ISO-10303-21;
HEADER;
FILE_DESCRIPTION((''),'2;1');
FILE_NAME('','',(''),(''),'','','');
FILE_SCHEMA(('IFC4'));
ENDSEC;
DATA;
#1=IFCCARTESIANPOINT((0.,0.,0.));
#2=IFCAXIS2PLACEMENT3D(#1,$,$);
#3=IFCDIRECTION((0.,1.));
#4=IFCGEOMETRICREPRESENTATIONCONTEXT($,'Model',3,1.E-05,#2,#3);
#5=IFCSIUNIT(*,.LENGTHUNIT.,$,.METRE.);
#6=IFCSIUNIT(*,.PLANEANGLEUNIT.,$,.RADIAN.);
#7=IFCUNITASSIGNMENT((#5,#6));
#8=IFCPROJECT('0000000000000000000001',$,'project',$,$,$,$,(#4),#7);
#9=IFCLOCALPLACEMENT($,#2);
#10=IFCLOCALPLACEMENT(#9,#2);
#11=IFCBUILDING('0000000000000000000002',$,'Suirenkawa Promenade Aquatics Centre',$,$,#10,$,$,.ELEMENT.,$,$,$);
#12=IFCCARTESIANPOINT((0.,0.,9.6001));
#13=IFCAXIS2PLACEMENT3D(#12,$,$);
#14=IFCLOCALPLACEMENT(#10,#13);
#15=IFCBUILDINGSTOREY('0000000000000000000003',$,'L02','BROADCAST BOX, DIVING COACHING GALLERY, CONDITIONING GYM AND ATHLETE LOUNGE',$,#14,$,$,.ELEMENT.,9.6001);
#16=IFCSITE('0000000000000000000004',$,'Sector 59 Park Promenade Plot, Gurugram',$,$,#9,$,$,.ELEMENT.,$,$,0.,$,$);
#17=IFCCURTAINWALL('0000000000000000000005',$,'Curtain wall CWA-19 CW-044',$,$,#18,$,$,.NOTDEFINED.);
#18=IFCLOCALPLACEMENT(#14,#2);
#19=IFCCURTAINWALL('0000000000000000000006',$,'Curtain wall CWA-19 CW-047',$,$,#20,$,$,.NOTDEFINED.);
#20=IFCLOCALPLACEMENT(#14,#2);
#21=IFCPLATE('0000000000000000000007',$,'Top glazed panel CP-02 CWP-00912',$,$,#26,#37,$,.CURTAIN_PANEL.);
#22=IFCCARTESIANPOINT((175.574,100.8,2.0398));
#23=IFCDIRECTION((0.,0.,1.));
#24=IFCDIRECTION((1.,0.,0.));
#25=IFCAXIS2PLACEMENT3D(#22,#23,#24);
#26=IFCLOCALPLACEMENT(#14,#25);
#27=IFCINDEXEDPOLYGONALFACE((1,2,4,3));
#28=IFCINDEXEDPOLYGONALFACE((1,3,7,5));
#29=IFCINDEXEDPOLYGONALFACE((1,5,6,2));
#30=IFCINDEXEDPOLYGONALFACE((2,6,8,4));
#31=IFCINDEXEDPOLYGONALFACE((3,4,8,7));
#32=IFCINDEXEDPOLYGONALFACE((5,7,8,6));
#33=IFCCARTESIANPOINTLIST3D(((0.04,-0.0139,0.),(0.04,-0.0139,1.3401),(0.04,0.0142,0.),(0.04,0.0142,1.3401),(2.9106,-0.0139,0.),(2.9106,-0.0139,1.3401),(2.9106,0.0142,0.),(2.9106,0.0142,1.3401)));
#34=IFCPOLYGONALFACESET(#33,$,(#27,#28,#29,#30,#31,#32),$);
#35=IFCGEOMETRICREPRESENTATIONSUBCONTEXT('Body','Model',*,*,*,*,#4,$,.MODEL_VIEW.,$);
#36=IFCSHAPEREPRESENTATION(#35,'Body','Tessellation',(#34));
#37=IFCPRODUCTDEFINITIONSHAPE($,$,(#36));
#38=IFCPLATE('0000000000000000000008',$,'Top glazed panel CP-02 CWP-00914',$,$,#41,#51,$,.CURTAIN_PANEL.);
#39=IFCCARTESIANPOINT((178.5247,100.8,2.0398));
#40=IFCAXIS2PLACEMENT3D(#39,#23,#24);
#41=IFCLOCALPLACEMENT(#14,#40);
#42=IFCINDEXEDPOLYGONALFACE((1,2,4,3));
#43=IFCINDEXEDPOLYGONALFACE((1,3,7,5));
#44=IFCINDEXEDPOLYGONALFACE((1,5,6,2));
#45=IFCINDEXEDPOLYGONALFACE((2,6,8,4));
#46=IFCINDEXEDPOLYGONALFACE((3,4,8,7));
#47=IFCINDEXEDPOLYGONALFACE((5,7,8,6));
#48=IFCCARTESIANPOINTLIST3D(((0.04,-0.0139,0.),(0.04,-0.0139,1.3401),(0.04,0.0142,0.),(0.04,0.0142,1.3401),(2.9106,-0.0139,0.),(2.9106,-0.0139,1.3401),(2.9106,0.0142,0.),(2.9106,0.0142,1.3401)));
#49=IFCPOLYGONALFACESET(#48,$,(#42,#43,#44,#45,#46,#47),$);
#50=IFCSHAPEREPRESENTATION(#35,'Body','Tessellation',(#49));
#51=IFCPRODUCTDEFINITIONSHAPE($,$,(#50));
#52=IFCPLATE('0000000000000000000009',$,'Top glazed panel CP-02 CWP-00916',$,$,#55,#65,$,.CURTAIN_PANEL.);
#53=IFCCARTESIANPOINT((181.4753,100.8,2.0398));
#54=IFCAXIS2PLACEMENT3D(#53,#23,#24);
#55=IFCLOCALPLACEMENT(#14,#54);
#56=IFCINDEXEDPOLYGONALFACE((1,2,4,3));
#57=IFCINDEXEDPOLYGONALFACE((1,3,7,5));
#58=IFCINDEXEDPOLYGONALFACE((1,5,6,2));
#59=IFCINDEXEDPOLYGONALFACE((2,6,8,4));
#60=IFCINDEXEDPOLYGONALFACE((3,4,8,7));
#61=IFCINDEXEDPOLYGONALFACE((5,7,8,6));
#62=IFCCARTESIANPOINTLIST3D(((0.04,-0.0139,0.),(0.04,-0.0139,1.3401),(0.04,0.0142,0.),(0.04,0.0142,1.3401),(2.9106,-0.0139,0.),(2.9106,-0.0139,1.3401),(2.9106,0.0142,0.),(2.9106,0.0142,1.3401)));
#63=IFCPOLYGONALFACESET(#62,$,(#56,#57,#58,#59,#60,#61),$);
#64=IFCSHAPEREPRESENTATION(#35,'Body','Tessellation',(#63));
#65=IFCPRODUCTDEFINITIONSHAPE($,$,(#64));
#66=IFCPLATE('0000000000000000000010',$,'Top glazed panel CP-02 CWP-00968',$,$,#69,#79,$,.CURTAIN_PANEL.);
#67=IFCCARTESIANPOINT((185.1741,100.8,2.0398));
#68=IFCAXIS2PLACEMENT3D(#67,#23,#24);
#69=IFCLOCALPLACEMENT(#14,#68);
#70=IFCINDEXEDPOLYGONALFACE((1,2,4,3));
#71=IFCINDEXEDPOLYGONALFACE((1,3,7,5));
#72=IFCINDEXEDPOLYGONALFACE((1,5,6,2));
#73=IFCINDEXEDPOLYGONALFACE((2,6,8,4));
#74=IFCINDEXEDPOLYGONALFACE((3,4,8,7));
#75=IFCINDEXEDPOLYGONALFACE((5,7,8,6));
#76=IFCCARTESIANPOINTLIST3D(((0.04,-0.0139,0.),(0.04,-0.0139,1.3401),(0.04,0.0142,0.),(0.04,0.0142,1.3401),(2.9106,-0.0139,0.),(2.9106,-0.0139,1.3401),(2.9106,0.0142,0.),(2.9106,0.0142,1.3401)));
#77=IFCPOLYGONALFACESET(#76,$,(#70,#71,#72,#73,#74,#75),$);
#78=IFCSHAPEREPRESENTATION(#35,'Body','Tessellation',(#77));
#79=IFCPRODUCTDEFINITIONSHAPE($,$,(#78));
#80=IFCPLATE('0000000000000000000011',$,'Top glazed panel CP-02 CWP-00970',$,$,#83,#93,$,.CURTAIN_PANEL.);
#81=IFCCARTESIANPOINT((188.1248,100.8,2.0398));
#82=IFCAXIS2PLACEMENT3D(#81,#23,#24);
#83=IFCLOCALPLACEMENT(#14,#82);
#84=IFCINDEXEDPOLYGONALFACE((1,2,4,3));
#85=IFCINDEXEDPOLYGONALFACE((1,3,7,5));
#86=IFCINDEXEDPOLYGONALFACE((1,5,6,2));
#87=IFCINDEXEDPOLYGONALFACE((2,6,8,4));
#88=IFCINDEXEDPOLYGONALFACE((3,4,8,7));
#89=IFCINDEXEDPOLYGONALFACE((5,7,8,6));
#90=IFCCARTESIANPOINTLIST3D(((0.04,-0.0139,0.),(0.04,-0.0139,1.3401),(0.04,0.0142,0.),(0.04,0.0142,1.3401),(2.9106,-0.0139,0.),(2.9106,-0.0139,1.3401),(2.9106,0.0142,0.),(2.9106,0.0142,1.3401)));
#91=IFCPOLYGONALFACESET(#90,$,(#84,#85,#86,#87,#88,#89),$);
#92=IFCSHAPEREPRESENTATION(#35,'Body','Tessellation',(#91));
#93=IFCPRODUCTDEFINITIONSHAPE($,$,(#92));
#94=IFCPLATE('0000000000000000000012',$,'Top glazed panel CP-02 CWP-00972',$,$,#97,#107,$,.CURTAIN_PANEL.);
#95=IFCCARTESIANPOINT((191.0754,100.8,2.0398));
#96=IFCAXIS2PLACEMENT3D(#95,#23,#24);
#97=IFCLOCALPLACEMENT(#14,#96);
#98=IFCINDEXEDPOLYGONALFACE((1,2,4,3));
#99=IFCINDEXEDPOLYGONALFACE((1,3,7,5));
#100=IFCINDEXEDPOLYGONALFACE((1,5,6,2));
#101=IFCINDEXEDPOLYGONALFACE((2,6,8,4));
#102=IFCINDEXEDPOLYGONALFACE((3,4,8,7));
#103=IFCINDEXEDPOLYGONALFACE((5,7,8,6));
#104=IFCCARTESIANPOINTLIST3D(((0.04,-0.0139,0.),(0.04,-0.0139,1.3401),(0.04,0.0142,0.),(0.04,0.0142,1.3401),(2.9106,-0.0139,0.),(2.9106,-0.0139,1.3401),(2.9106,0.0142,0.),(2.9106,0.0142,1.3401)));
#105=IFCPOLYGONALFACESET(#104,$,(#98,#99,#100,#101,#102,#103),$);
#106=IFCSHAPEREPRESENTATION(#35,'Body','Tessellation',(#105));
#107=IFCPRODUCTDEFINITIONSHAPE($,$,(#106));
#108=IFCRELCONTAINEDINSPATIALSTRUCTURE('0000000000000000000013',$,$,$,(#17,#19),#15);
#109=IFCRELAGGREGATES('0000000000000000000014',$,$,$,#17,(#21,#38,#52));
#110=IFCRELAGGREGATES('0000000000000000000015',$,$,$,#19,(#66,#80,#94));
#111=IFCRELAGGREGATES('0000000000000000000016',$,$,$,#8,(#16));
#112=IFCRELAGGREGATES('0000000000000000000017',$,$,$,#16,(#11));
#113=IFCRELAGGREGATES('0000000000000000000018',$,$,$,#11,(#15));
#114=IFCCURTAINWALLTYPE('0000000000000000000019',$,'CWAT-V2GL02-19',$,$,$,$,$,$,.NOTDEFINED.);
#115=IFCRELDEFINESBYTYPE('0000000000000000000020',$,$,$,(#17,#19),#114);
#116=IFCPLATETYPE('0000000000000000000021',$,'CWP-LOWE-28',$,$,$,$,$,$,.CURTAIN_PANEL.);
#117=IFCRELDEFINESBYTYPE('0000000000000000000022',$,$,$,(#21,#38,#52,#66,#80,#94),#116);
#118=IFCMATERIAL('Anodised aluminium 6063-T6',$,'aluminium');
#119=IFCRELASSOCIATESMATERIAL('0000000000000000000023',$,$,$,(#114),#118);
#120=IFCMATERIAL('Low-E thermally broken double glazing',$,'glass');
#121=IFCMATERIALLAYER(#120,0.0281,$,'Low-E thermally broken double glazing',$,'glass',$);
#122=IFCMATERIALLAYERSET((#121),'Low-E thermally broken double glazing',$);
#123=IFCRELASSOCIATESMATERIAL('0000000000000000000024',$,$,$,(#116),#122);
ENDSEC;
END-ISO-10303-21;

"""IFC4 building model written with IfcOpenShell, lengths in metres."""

from ifc_helpers import new_model, si_unit, direction, frame, origin, place, context, subcontext, project, spatial, polyline, outline, extrude, material, layer, layer_set, type_object, element, aggregate, save


model = new_model("IFC4")

# Units and contexts
model_context = context("Model", 3, precision=1e-05, world=origin(), true_north=direction((0.0, 1.0)))
body_context = subcontext(model_context, "Body", "Model", "MODEL_VIEW")
ifc_project = project(units=[si_unit("LENGTHUNIT", "METRE"), si_unit("PLANEANGLEUNIT", "RADIAN")], contexts=[model_context])

# Site, building, storey
site_placement = place(None, origin())
site = spatial("IfcSite", under=ifc_project, at=site_placement, Name="Sector 59 Park Promenade Plot, Gurugram", CompositionType="ELEMENT", RefElevation=0.0)
building_placement = place(site_placement, origin())
building = spatial("IfcBuilding", under=site, at=building_placement, Name="Suirenkawa Promenade Aquatics Centre", CompositionType="ELEMENT")
storey_placement = place(building_placement, frame((0.0, 0.0, 9.6001)))
storey = spatial("IfcBuildingStorey", under=building, at=storey_placement, Name="L02", Description="BROADCAST BOX, DIVING COACHING GALLERY, CONDITIONING GYM AND ATHLETE LOUNGE", CompositionType="ELEMENT", Elevation=9.6001)

# Curtain walls
ifc_material_1 = material(Name="Anodised aluminium 6063-T6", Category="aluminium")
curtain_wall_type = type_object("IfcCurtainWallType", Name="CWAT-V2GL02-19", PredefinedType="NOTDEFINED", material=ifc_material_1)
curtain_wall_1_placement = place(storey_placement, origin())
curtain_wall_1 = element("IfcCurtainWall", 1, at=curtain_wall_1_placement, inside=storey, type_object=curtain_wall_type, Name="Curtain wall CWA-19 CW-044", PredefinedType="NOTDEFINED")
curtain_wall_2_placement = place(storey_placement, origin())
curtain_wall_2 = element("IfcCurtainWall", 2, at=curtain_wall_2_placement, inside=storey, type_object=curtain_wall_type, Name="Curtain wall CWA-19 CW-047", PredefinedType="NOTDEFINED")

# Plates
ifc_material_2 = material(Name="Low-E thermally broken double glazing", Category="glass")
ifc_layer = layer(ifc_material_2, 0.0281, Name="Low-E thermally broken double glazing", Category="glass")
ifc_layer_set = layer_set([ifc_layer], Name="Low-E thermally broken double glazing")
plate_type = type_object("IfcPlateType", Name="CWP-LOWE-28", PredefinedType="CURTAIN_PANEL", material=ifc_layer_set)
plate_1_placement = place(storey_placement, frame((175.574, 100.8, 2.0398), z_axis=(0.0, 0.0, 1.0), x_axis=(1.0, 0.0, 0.0)))
plate_1 = element("IfcPlate", 3, at=plate_1_placement, type_object=plate_type, Name="Top glazed panel CP-02 CWP-00912", PredefinedType="CURTAIN_PANEL", context=body_context, shape_type="SweptSolid", body=[
    extrude(outline(polyline([(0.04, 0.0), (2.9106, 0.0), (2.9106, 1.3401), (0.04, 1.3401), (0.04, 0.0)])), frame((0.0, 0.0142, 0.0), z_axis=(0.0, -1.0, 0.0), x_axis=(1.0, 0.0, 0.0)), (0.0, 0.0, 1.0), 0.0281),
])
plate_2_placement = place(storey_placement, frame((178.5247, 100.8, 2.0398), z_axis=(0.0, 0.0, 1.0), x_axis=(1.0, 0.0, 0.0)))
plate_2 = element("IfcPlate", 4, at=plate_2_placement, type_object=plate_type, Name="Top glazed panel CP-02 CWP-00914", PredefinedType="CURTAIN_PANEL", context=body_context, shape_type="SweptSolid", body=[
    extrude(outline(polyline([(0.04, 0.0), (2.9106, 0.0), (2.9106, 1.3401), (0.04, 1.3401), (0.04, 0.0)])), frame((0.0, 0.0142, 0.0), z_axis=(0.0, -1.0, 0.0), x_axis=(1.0, 0.0, 0.0)), (0.0, 0.0, 1.0), 0.0281),
])
plate_3_placement = place(storey_placement, frame((181.4753, 100.8, 2.0398), z_axis=(0.0, 0.0, 1.0), x_axis=(1.0, 0.0, 0.0)))
plate_3 = element("IfcPlate", 5, at=plate_3_placement, type_object=plate_type, Name="Top glazed panel CP-02 CWP-00916", PredefinedType="CURTAIN_PANEL", context=body_context, shape_type="SweptSolid", body=[
    extrude(outline(polyline([(0.04, 0.0), (2.9106, 0.0), (2.9106, 1.3401), (0.04, 1.3401), (0.04, 0.0)])), frame((0.0, 0.0142, 0.0), z_axis=(0.0, -1.0, 0.0), x_axis=(1.0, 0.0, 0.0)), (0.0, 0.0, 1.0), 0.0281),
])
aggregate(curtain_wall_1, [plate_1, plate_2, plate_3])
plate_4_placement = place(storey_placement, frame((185.1741, 100.8, 2.0398), z_axis=(0.0, 0.0, 1.0), x_axis=(1.0, 0.0, 0.0)))
plate_4 = element("IfcPlate", 6, at=plate_4_placement, type_object=plate_type, Name="Top glazed panel CP-02 CWP-00968", PredefinedType="CURTAIN_PANEL", context=body_context, shape_type="SweptSolid", body=[
    extrude(outline(polyline([(0.04, 0.0), (2.9106, 0.0), (2.9106, 1.3401), (0.04, 1.3401), (0.04, 0.0)])), frame((0.0, 0.0142, 0.0), z_axis=(0.0, -1.0, 0.0), x_axis=(1.0, 0.0, 0.0)), (0.0, 0.0, 1.0), 0.0281),
])
plate_5_placement = place(storey_placement, frame((188.1248, 100.8, 2.0398), z_axis=(0.0, 0.0, 1.0), x_axis=(1.0, 0.0, 0.0)))
plate_5 = element("IfcPlate", 7, at=plate_5_placement, type_object=plate_type, Name="Top glazed panel CP-02 CWP-00970", PredefinedType="CURTAIN_PANEL", context=body_context, shape_type="SweptSolid", body=[
    extrude(outline(polyline([(0.04, 0.0), (2.9106, 0.0), (2.9106, 1.3401), (0.04, 1.3401), (0.04, 0.0)])), frame((0.0, 0.0142, 0.0), z_axis=(0.0, -1.0, 0.0), x_axis=(1.0, 0.0, 0.0)), (0.0, 0.0, 1.0), 0.0281),
])
plate_6_placement = place(storey_placement, frame((191.0754, 100.8, 2.0398), z_axis=(0.0, 0.0, 1.0), x_axis=(1.0, 0.0, 0.0)))
plate_6 = element("IfcPlate", 8, at=plate_6_placement, type_object=plate_type, Name="Top glazed panel CP-02 CWP-00972", PredefinedType="CURTAIN_PANEL", context=body_context, shape_type="SweptSolid", body=[
    extrude(outline(polyline([(0.04, 0.0), (2.9106, 0.0), (2.9106, 1.3401), (0.04, 1.3401), (0.04, 0.0)])), frame((0.0, 0.0142, 0.0), z_axis=(0.0, -1.0, 0.0), x_axis=(1.0, 0.0, 0.0)), (0.0, 0.0, 1.0), 0.0281),
])
aggregate(curtain_wall_2, [plate_4, plate_5, plate_6])

save(model, "model.ifc")
